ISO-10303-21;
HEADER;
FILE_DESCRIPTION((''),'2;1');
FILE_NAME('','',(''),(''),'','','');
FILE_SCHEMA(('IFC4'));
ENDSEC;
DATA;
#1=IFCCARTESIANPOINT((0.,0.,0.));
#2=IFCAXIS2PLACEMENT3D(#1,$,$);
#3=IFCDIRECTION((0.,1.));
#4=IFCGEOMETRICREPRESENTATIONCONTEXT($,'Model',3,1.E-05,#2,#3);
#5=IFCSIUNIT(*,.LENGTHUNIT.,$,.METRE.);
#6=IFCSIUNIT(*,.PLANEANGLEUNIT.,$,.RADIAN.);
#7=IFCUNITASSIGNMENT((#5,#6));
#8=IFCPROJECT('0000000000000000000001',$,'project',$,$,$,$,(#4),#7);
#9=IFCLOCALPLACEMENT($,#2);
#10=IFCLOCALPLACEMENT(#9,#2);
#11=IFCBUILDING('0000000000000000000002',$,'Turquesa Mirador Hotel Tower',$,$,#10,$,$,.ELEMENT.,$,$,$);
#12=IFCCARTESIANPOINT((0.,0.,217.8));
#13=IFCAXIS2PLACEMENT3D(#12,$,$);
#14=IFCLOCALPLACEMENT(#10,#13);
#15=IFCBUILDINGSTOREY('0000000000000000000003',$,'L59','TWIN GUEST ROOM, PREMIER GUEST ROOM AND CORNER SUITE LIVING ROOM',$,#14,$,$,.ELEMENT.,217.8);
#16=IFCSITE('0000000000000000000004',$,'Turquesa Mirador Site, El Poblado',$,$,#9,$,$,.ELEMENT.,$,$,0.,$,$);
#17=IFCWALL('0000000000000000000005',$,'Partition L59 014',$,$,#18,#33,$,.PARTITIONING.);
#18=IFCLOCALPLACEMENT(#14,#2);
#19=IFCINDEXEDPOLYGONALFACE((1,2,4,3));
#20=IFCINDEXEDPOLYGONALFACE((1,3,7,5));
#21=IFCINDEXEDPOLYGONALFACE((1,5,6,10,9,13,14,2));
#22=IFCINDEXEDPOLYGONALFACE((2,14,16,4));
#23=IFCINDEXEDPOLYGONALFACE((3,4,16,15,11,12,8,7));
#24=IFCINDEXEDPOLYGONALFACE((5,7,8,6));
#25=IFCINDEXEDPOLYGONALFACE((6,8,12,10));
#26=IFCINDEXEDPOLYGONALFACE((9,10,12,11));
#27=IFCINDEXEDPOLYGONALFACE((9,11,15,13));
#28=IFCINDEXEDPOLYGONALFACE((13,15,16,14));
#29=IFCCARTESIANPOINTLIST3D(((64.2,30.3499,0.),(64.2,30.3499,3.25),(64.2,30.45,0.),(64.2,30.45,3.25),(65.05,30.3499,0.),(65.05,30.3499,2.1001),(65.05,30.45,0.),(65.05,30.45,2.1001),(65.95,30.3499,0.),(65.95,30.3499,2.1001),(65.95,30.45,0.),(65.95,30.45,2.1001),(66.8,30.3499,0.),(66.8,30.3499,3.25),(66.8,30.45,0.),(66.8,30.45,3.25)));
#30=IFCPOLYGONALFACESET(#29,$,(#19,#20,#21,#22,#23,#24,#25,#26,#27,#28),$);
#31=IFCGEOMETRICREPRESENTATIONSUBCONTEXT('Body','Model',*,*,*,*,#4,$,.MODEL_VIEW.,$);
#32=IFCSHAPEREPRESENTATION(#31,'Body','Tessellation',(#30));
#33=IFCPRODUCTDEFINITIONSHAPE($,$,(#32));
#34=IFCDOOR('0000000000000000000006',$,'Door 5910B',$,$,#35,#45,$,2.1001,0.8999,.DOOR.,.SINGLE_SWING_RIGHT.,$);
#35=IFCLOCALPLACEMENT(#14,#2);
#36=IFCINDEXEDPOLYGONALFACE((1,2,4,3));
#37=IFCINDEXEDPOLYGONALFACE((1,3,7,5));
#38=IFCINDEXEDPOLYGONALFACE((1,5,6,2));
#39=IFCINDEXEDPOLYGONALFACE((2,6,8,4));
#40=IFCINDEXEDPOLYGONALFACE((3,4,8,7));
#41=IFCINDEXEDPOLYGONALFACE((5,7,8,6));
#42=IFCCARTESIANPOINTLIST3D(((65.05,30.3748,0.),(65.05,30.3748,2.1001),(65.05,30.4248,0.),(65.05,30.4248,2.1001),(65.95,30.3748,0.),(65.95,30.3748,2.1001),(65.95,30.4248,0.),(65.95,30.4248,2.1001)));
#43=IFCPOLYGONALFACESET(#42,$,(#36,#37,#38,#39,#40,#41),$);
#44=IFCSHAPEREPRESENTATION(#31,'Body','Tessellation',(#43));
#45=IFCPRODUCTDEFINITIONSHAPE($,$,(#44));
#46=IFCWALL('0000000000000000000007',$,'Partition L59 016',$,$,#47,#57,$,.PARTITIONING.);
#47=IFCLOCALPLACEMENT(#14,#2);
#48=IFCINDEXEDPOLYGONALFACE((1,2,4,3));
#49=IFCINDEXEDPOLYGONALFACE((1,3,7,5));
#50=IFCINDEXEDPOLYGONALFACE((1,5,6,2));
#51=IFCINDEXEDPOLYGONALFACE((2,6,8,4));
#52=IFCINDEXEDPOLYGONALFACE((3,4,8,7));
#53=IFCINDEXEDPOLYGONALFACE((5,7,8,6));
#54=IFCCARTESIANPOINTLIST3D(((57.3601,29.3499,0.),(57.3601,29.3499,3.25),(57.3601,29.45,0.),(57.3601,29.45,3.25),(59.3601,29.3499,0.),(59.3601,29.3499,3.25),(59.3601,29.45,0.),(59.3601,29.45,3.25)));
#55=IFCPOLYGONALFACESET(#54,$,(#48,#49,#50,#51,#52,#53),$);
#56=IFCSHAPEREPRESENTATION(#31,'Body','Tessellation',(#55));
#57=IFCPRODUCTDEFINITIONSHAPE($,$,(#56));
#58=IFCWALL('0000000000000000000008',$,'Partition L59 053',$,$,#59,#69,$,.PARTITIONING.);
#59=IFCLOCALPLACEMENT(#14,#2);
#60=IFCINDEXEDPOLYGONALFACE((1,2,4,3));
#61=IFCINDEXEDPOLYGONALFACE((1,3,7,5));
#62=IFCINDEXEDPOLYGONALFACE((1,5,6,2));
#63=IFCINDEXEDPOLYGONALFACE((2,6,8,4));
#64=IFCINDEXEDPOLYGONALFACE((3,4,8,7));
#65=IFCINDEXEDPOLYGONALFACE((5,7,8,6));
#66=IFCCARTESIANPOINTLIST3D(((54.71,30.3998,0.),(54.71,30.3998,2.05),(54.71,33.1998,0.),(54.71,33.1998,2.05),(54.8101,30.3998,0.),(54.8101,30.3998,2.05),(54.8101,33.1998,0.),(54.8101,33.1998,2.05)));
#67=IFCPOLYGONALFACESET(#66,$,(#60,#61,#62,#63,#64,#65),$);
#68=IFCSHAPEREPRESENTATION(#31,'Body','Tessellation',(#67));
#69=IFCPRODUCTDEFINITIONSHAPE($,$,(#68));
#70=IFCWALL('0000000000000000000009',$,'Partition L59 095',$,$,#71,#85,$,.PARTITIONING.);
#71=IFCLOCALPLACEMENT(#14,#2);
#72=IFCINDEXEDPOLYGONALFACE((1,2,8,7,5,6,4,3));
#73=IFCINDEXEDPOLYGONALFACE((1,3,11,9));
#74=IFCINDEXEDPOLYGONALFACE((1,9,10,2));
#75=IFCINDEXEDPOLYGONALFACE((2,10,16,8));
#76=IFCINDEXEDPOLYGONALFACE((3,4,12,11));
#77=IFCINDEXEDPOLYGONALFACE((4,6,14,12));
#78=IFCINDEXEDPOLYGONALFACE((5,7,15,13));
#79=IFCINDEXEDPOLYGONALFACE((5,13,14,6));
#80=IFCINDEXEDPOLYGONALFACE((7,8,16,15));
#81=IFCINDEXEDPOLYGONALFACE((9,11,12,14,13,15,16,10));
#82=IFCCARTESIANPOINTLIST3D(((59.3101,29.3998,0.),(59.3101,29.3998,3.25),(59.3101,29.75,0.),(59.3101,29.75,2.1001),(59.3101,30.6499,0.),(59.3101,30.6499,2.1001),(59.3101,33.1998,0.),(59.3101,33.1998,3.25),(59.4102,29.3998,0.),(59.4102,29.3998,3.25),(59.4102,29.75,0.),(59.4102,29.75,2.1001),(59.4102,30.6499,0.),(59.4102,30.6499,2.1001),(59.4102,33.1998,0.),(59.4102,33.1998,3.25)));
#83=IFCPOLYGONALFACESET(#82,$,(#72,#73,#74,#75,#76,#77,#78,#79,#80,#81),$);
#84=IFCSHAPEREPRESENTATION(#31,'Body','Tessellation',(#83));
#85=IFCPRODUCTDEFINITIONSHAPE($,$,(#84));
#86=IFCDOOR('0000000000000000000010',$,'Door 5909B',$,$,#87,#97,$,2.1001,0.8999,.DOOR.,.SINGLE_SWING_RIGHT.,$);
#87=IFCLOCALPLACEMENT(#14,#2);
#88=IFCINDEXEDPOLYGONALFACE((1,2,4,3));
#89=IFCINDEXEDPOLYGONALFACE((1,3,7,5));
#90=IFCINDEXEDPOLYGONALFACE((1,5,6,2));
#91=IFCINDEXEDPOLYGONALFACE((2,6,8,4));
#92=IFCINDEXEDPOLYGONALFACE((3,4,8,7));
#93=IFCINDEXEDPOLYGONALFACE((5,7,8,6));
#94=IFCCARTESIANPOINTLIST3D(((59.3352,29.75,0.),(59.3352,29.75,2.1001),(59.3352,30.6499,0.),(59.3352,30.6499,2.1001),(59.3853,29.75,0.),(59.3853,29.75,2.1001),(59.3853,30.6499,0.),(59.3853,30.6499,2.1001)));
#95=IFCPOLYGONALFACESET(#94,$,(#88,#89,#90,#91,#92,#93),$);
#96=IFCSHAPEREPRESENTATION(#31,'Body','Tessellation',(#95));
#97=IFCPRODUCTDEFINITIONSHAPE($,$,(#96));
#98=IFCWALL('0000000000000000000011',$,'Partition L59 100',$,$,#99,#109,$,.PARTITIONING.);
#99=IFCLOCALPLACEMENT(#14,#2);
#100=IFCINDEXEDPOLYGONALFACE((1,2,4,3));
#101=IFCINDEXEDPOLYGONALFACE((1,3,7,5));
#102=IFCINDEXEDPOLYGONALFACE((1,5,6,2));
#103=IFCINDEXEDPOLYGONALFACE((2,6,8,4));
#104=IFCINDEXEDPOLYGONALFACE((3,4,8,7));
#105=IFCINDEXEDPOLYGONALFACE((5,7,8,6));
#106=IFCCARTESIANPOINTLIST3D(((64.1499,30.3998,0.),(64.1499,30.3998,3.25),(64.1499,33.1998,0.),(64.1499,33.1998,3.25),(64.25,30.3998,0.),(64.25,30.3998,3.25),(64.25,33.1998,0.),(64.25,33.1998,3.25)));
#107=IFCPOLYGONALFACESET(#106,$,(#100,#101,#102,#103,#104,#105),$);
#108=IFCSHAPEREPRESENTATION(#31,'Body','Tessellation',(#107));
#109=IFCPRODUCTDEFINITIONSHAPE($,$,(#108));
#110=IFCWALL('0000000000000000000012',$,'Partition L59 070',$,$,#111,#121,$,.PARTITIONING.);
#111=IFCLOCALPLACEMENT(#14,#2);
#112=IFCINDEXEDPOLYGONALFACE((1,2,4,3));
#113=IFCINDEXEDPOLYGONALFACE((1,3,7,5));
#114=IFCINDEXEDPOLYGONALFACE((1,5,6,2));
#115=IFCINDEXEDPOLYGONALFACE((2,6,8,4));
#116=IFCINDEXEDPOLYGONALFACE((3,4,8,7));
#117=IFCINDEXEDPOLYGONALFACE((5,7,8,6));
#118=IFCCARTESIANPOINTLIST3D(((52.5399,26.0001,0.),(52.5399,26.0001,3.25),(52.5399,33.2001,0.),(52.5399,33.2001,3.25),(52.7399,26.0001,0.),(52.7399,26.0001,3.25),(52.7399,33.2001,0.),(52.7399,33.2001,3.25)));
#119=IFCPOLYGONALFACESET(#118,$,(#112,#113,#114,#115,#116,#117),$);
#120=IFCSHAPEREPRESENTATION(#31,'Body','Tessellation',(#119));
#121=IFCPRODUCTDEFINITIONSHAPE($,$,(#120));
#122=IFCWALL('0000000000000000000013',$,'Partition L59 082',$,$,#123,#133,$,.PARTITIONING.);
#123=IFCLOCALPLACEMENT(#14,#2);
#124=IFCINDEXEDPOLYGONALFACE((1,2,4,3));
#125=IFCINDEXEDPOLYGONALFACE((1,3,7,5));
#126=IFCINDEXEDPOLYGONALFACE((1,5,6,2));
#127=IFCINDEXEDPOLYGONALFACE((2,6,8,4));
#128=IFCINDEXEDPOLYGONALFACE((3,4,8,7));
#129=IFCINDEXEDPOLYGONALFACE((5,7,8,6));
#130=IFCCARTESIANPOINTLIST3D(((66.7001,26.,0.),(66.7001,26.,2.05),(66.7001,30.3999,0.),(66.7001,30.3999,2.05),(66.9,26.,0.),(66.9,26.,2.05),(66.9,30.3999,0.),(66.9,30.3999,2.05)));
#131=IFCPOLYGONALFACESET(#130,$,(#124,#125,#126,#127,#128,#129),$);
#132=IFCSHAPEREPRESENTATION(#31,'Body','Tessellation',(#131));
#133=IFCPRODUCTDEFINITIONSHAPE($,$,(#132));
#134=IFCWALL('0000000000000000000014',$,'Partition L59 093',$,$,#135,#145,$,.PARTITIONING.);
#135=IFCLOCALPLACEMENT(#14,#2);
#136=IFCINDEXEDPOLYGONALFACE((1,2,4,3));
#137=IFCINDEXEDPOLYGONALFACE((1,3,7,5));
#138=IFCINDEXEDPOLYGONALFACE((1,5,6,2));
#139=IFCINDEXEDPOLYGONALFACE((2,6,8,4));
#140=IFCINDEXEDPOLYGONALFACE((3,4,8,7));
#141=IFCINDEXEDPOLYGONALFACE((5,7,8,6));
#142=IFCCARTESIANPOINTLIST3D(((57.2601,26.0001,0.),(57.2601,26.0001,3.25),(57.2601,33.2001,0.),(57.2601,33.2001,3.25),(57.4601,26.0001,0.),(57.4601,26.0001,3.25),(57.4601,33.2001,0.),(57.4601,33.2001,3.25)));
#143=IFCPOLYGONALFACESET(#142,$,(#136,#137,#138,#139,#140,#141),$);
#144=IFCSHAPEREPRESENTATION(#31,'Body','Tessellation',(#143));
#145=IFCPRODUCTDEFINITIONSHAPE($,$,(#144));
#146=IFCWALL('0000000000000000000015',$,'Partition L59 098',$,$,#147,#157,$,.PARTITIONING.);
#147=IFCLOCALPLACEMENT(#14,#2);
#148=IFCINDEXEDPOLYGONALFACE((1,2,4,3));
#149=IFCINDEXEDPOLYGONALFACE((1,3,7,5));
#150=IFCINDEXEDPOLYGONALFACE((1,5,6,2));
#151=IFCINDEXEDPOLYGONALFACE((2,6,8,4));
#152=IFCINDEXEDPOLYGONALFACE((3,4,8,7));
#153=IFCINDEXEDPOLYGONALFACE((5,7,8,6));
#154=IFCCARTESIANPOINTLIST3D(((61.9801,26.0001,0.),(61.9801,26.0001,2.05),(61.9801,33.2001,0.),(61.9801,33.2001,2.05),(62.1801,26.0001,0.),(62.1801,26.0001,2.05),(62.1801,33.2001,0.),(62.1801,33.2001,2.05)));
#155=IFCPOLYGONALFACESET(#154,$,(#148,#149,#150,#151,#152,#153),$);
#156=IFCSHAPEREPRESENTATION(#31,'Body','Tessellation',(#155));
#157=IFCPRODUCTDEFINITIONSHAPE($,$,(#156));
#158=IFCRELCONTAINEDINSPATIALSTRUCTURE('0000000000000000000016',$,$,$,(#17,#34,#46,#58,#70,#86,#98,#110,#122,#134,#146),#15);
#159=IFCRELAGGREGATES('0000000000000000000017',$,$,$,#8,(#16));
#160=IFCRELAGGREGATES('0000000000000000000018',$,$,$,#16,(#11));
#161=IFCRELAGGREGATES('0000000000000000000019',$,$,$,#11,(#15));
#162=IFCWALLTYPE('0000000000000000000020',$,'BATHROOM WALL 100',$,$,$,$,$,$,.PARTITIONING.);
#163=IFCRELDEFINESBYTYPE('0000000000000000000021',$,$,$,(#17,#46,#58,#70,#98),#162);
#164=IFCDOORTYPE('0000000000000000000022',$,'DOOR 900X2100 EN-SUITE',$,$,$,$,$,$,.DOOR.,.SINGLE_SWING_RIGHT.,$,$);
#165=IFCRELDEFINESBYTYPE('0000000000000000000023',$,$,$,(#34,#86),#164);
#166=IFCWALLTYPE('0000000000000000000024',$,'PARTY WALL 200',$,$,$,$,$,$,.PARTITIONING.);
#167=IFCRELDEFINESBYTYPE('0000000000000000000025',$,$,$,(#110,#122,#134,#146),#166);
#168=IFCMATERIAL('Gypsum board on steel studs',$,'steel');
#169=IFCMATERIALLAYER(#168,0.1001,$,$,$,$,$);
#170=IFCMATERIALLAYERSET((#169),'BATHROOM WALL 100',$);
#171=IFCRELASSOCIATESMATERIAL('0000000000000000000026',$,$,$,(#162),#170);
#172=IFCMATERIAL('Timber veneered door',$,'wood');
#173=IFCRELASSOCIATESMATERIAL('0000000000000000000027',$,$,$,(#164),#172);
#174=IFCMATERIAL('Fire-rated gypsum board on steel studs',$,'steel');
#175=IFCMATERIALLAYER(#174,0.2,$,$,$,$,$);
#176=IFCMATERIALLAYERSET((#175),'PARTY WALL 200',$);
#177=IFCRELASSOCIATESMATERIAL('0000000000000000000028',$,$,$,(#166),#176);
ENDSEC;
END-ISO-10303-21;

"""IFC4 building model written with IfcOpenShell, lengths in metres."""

from ifc_helpers import new_model, si_unit, direction, frame, frame_2d, origin, place, context, subcontext, project, spatial, rectangle, extrude, material, layer, layer_set, type_object, element, fill, save


model = new_model("IFC4")

# Units and contexts
model_context = context("Model", 3, precision=1e-05, world=origin(), true_north=direction((0.0, 1.0)))
body_context = subcontext(model_context, "Body", "Model", "MODEL_VIEW")
ifc_project = project(units=[si_unit("LENGTHUNIT", "METRE"), si_unit("PLANEANGLEUNIT", "RADIAN")], contexts=[model_context])

# Site, building, storey
site_placement = place(None, origin())
site = spatial("IfcSite", under=ifc_project, at=site_placement, Name="Turquesa Mirador Site, El Poblado", CompositionType="ELEMENT", RefElevation=0.0)
building_placement = place(site_placement, origin())
building = spatial("IfcBuilding", under=site, at=building_placement, Name="Turquesa Mirador Hotel Tower", CompositionType="ELEMENT")
storey_placement = place(building_placement, frame((0.0, 0.0, 217.8)))
storey = spatial("IfcBuildingStorey", under=building, at=storey_placement, Name="L59", Description="TWIN GUEST ROOM, PREMIER GUEST ROOM AND CORNER SUITE LIVING ROOM", CompositionType="ELEMENT", Elevation=217.8)

# Wall, opening, door
ifc_material_1 = material(Name="Gypsum board on steel studs", Category="steel")
ifc_layer_1 = layer(ifc_material_1, 0.1001)
ifc_layer_set_1 = layer_set([ifc_layer_1], Name="BATHROOM WALL 100")
wall_type_1 = type_object("IfcWallType", Name="BATHROOM WALL 100", PredefinedType="PARTITIONING", material=ifc_layer_set_1)
ifc_material_2 = material(Name="Timber veneered door", Category="wood")
door_type = type_object("IfcDoorType", Name="DOOR 900X2100 EN-SUITE", OperationType="SINGLE_SWING_RIGHT", PredefinedType="DOOR", material=ifc_material_2)
wall_1_placement = place(storey_placement, frame((64.2, 30.3999, 0.0), z_axis=(0.0, 0.0, 1.0), x_axis=(1.0, 0.0, 0.0)))
wall_1 = element("IfcWall", 1, at=wall_1_placement, inside=storey, type_object=wall_type_1, Name="Partition L59 014", PredefinedType="PARTITIONING", context=body_context, shape_type="SweptSolid", body=[
    extrude(rectangle(XDim=2.6001, YDim=0.1001, at=frame_2d((1.3, 0.0))), origin(), (0.0, 0.0, 1.0), 3.25),
])
opening_1_placement = place(wall_1_placement, frame((0.8501, 0.0, 0.0)))
opening_1 = element("IfcOpeningElement", 2, at=opening_1_placement, cuts=wall_1, PredefinedType="OPENING", context=body_context, shape_type="SweptSolid", body=[
    extrude(rectangle(XDim=0.8999, YDim=2.1001, at=frame_2d((0.45, 1.05))), frame((0.0, 0.0601, 0.0), z_axis=(0.0, -1.0, 0.0), x_axis=(1.0, 0.0, 0.0)), (0.0, 0.0, 1.0), 0.1201),
])
door_1_placement = place(opening_1_placement, origin())
door_1 = element("IfcDoor", 3, at=door_1_placement, inside=storey, type_object=door_type, Name="Door 5910B", OperationType="SINGLE_SWING_RIGHT", OverallHeight=2.1001, OverallWidth=0.8999, PredefinedType="DOOR", context=body_context, shape_type="SweptSolid", body=[
    extrude(rectangle(XDim=0.8999, YDim=2.1001, at=frame_2d((0.45, 1.05))), frame((0.0, 0.0249, 0.0), z_axis=(0.0, -1.0, 0.0), x_axis=(1.0, 0.0, 0.0)), (0.0, 0.0, 1.0), 0.05),
])
fill(opening_1, door_1)

# Walls
wall_2_placement = place(storey_placement, frame((57.3601, 29.3999, 0.0), z_axis=(0.0, 0.0, 1.0), x_axis=(1.0, 0.0, 0.0)))
element("IfcWall", 4, at=wall_2_placement, inside=storey, type_object=wall_type_1, Name="Partition L59 016", PredefinedType="PARTITIONING", context=body_context, shape_type="SweptSolid", body=[
    extrude(rectangle(XDim=2.0, YDim=0.1001, at=frame_2d((1.0, 0.0))), origin(), (0.0, 0.0, 1.0), 3.25),
])
wall_3_placement = place(storey_placement, frame((54.76, 30.3999, 0.0), z_axis=(0.0, 0.0, 1.0), x_axis=(0.0, 1.0, 0.0)))
element("IfcWall", 5, at=wall_3_placement, inside=storey, type_object=wall_type_1, Name="Partition L59 053", PredefinedType="PARTITIONING", context=body_context, shape_type="SweptSolid", body=[
    extrude(rectangle(XDim=2.8, YDim=0.1001, at=frame_2d((1.3999, 0.0))), origin(), (0.0, 0.0, 1.0), 2.05),
])

# Wall, opening, door
wall_4_placement = place(storey_placement, frame((59.3601, 29.3999, 0.0), z_axis=(0.0, 0.0, 1.0), x_axis=(0.0, 1.0, 0.0)))
wall_4 = element("IfcWall", 6, at=wall_4_placement, inside=storey, type_object=wall_type_1, Name="Partition L59 095", PredefinedType="PARTITIONING", context=body_context, shape_type="SweptSolid", body=[
    extrude(rectangle(XDim=3.8, YDim=0.1001, at=frame_2d((1.8999, 0.0))), origin(), (0.0, 0.0, 1.0), 3.25),
])
opening_2_placement = place(wall_4_placement, frame((0.3501, 0.0, 0.0)))
opening_2 = element("IfcOpeningElement", 7, at=opening_2_placement, cuts=wall_4, PredefinedType="OPENING", context=body_context, shape_type="SweptSolid", body=[
    extrude(rectangle(XDim=0.8999, YDim=2.1001, at=frame_2d((0.45, 1.05))), frame((0.0, 0.0601, 0.0), z_axis=(0.0, -1.0, 0.0), x_axis=(1.0, 0.0, 0.0)), (0.0, 0.0, 1.0), 0.1201),
])
door_2_placement = place(opening_2_placement, origin())
door_2 = element("IfcDoor", 8, at=door_2_placement, inside=storey, type_object=door_type, Name="Door 5909B", OperationType="SINGLE_SWING_RIGHT", OverallHeight=2.1001, OverallWidth=0.8999, PredefinedType="DOOR", context=body_context, shape_type="SweptSolid", body=[
    extrude(rectangle(XDim=0.8999, YDim=2.1001, at=frame_2d((0.45, 1.05))), frame((0.0, 0.0249, 0.0), z_axis=(0.0, -1.0, 0.0), x_axis=(1.0, 0.0, 0.0)), (0.0, 0.0, 1.0), 0.05),
])
fill(opening_2, door_2)

# Walls
wall_5_placement = place(storey_placement, frame((64.2, 30.3999, 0.0), z_axis=(0.0, 0.0, 1.0), x_axis=(0.0, 1.0, 0.0)))
element("IfcWall", 9, at=wall_5_placement, inside=storey, type_object=wall_type_1, Name="Partition L59 100", PredefinedType="PARTITIONING", context=body_context, shape_type="SweptSolid", body=[
    extrude(rectangle(XDim=2.8, YDim=0.1001, at=frame_2d((1.3999, 0.0))), origin(), (0.0, 0.0, 1.0), 3.25),
])
ifc_material_3 = material(Name="Fire-rated gypsum board on steel studs", Category="steel")
ifc_layer_2 = layer(ifc_material_3, 0.2)
ifc_layer_set_2 = layer_set([ifc_layer_2], Name="PARTY WALL 200")
wall_type_2 = type_object("IfcWallType", Name="PARTY WALL 200", PredefinedType="PARTITIONING", material=ifc_layer_set_2)
wall_6_placement = place(storey_placement, frame((52.6399, 26.0, 0.0), z_axis=(0.0, 0.0, 1.0), x_axis=(0.0, 1.0, 0.0)))
element("IfcWall", 10, at=wall_6_placement, inside=storey, type_object=wall_type_2, Name="Partition L59 070", PredefinedType="PARTITIONING", context=body_context, shape_type="SweptSolid", body=[
    extrude(rectangle(XDim=7.2, YDim=0.2, at=frame_2d((3.6001, 0.0))), origin(), (0.0, 0.0, 1.0), 3.25),
])
wall_7_placement = place(storey_placement, frame((66.8, 26.0, 0.0), z_axis=(0.0, 0.0, 1.0), x_axis=(0.0, 1.0, 0.0)))
element("IfcWall", 11, at=wall_7_placement, inside=storey, type_object=wall_type_2, Name="Partition L59 082", PredefinedType="PARTITIONING", context=body_context, shape_type="SweptSolid", body=[
    extrude(rectangle(XDim=4.3999, YDim=0.2, at=frame_2d((2.2, 0.0))), origin(), (0.0, 0.0, 1.0), 2.05),
])
wall_8_placement = place(storey_placement, frame((57.3601, 26.0, 0.0), z_axis=(0.0, 0.0, 1.0), x_axis=(0.0, 1.0, 0.0)))
element("IfcWall", 12, at=wall_8_placement, inside=storey, type_object=wall_type_2, Name="Partition L59 093", PredefinedType="PARTITIONING", context=body_context, shape_type="SweptSolid", body=[
    extrude(rectangle(XDim=7.2, YDim=0.2, at=frame_2d((3.6001, 0.0))), origin(), (0.0, 0.0, 1.0), 3.25),
])
wall_9_placement = place(storey_placement, frame((62.0801, 26.0, 0.0), z_axis=(0.0, 0.0, 1.0), x_axis=(0.0, 1.0, 0.0)))
element("IfcWall", 13, at=wall_9_placement, inside=storey, type_object=wall_type_2, Name="Partition L59 098", PredefinedType="PARTITIONING", context=body_context, shape_type="SweptSolid", body=[
    extrude(rectangle(XDim=7.2, YDim=0.2, at=frame_2d((3.6001, 0.0))), origin(), (0.0, 0.0, 1.0), 2.05),
])

save(model, "model.ifc")
